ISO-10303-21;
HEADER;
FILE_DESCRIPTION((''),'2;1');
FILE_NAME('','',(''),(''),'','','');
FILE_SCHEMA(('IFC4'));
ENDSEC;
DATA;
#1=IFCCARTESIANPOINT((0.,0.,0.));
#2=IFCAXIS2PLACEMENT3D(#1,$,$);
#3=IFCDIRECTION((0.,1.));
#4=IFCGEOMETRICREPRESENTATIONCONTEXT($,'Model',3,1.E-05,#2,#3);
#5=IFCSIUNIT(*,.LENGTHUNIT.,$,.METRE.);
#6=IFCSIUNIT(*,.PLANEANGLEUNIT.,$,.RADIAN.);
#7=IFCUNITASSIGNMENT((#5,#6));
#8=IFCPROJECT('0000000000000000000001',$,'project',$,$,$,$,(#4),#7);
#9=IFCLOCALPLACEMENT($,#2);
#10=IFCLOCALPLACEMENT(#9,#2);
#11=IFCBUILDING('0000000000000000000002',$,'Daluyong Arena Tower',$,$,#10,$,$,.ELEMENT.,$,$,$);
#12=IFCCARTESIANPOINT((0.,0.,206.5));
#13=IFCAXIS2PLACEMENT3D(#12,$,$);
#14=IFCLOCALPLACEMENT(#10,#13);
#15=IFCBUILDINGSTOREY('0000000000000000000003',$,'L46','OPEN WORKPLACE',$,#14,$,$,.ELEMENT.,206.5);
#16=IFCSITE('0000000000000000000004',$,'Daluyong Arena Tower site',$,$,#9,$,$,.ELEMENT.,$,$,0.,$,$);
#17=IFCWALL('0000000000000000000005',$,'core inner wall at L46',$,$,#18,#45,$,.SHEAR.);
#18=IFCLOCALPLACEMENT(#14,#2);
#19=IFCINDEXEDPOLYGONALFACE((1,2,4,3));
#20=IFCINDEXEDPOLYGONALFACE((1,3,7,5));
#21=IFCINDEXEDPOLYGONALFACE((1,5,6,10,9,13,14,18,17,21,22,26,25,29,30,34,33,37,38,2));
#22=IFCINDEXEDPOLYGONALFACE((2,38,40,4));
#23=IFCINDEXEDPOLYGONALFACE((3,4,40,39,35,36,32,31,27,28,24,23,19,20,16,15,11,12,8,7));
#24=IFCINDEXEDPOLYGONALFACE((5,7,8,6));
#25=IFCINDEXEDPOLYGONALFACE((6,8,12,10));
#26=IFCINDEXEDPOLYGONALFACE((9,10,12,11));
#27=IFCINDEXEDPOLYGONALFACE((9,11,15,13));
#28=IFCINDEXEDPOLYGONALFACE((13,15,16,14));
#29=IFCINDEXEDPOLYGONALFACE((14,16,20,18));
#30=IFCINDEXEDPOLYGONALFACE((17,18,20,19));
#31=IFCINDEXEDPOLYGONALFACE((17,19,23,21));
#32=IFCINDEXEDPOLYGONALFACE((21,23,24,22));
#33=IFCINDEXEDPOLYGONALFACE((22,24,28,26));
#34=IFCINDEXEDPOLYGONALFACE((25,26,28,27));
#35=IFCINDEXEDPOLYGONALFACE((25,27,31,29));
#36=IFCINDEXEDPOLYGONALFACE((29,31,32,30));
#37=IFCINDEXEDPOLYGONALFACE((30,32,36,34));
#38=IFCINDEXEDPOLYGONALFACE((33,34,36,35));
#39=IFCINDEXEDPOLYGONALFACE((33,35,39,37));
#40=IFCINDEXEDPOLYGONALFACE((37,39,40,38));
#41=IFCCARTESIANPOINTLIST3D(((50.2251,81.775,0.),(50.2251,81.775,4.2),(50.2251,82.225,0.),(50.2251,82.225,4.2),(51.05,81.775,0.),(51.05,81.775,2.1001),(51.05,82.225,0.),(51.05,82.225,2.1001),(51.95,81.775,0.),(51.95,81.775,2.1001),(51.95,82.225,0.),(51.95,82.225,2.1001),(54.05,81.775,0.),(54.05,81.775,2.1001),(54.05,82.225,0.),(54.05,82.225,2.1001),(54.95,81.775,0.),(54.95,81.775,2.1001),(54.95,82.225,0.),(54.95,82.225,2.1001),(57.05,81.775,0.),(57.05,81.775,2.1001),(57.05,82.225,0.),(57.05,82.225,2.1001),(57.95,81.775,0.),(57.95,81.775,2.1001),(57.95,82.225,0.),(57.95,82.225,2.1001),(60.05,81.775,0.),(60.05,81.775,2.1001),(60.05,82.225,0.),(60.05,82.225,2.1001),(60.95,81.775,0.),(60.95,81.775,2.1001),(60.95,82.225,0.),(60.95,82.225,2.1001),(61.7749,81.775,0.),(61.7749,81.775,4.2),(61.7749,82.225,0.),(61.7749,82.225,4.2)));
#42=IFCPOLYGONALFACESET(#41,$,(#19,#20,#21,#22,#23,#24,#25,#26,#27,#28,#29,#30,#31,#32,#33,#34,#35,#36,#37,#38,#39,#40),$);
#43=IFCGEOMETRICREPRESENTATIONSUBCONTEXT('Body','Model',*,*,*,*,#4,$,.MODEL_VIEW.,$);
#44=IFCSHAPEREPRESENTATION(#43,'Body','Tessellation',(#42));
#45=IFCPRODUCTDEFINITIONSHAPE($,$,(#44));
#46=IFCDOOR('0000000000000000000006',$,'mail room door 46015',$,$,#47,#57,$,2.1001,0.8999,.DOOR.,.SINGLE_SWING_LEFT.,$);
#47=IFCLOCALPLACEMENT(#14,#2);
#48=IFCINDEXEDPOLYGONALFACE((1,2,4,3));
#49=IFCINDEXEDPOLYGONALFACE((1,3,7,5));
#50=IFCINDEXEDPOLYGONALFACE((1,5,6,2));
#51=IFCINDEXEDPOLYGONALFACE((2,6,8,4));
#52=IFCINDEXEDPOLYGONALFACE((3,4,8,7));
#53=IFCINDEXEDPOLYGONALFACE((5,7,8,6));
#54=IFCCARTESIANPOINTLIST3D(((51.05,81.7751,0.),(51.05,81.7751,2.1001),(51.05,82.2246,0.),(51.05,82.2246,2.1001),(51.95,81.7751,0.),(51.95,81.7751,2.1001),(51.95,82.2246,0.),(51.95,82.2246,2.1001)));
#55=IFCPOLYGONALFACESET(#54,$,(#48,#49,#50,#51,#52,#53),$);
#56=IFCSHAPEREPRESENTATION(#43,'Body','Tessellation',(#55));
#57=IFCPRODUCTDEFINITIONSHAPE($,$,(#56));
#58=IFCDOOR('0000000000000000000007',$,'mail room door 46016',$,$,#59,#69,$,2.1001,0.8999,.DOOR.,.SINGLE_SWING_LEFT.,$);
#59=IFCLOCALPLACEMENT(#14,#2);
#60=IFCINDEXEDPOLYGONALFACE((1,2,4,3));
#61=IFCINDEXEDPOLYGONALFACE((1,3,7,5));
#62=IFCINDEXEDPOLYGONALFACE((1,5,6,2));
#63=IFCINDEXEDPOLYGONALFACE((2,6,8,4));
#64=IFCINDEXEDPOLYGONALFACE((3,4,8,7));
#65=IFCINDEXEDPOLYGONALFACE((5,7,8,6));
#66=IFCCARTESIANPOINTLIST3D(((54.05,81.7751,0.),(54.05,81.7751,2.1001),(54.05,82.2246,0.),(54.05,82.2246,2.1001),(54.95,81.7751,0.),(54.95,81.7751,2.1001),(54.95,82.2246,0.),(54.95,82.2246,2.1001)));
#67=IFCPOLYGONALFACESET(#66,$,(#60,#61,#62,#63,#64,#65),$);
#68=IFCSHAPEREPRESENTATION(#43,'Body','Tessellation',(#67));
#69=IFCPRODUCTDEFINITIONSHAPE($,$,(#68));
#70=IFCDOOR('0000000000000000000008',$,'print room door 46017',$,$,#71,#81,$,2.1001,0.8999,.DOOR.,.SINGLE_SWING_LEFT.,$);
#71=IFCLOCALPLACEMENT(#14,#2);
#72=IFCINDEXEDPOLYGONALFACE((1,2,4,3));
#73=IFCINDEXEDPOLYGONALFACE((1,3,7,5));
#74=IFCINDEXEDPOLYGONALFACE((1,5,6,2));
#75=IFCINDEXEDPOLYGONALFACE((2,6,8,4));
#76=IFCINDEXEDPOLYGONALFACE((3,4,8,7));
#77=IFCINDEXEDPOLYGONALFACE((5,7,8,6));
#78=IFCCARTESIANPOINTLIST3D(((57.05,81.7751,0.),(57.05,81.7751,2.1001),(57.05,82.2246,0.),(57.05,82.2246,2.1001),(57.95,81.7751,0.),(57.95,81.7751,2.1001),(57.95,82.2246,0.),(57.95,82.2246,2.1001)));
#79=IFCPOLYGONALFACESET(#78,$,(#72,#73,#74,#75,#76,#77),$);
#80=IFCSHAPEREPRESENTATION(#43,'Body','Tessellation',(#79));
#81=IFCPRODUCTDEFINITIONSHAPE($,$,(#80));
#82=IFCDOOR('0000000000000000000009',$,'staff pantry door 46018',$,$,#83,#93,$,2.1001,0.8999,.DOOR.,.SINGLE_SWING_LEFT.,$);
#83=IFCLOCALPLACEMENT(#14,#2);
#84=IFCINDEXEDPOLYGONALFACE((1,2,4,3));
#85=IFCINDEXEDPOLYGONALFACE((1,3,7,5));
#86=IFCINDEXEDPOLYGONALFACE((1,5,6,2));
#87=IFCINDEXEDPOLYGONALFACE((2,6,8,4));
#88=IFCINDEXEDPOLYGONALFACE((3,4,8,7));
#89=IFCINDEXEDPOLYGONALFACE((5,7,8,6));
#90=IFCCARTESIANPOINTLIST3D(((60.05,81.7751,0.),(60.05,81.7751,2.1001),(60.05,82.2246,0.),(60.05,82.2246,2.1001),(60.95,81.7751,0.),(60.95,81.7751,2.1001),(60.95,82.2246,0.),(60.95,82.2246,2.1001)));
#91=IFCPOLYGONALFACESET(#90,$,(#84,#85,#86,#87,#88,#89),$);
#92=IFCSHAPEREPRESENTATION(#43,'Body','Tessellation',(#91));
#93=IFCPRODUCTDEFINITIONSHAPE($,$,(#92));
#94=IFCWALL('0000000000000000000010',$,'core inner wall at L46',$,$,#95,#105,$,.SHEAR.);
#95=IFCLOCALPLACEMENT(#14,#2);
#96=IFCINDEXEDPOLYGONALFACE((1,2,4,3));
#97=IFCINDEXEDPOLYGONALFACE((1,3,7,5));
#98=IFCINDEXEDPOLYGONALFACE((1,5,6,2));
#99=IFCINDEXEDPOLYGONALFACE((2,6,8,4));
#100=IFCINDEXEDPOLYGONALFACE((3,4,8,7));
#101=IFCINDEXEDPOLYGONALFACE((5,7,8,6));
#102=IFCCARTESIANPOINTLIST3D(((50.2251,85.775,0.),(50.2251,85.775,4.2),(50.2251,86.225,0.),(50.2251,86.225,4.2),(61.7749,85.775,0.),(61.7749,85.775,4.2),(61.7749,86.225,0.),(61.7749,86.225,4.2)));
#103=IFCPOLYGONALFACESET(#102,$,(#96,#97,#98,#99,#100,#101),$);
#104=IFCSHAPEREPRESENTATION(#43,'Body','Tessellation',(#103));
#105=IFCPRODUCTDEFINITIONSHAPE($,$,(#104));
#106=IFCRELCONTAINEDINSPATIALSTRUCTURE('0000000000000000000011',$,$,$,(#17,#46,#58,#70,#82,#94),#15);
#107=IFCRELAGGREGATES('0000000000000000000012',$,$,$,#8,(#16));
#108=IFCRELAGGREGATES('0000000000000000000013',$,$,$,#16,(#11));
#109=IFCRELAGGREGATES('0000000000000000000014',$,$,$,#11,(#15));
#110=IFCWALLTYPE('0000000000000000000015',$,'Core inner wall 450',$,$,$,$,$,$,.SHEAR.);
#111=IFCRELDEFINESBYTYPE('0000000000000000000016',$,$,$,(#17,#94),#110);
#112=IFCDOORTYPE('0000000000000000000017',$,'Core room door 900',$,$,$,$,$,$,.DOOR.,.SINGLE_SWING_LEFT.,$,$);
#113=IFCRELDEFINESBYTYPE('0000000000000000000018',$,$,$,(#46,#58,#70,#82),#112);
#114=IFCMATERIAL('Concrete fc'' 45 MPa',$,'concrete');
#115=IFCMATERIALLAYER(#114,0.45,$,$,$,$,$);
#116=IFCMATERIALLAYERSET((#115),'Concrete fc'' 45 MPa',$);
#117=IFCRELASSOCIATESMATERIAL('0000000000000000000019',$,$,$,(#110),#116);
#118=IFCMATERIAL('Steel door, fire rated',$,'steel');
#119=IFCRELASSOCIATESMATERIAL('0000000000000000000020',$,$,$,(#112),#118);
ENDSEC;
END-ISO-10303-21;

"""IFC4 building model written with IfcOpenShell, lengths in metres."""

from ifc_helpers import new_model, si_unit, direction, frame, frame_2d, origin, place, context, subcontext, project, spatial, rectangle, extrude, material, layer, layer_set, type_object, element, fill, save


model = new_model("IFC4")

# Units and contexts
model_context = context("Model", 3, precision=1e-05, world=origin(), true_north=direction((0.0, 1.0)))
body_context = subcontext(model_context, "Body", "Model", "MODEL_VIEW")
ifc_project = project(units=[si_unit("LENGTHUNIT", "METRE"), si_unit("PLANEANGLEUNIT", "RADIAN")], contexts=[model_context])

# Site, building, storey
site_placement = place(None, origin())
site = spatial("IfcSite", under=ifc_project, at=site_placement, Name="Daluyong Arena Tower site", CompositionType="ELEMENT", RefElevation=0.0)
building_placement = place(site_placement, origin())
building = spatial("IfcBuilding", under=site, at=building_placement, Name="Daluyong Arena Tower", CompositionType="ELEMENT")
storey_placement = place(building_placement, frame((0.0, 0.0, 206.5)))
storey = spatial("IfcBuildingStorey", under=building, at=storey_placement, Name="L46", Description="OPEN WORKPLACE", CompositionType="ELEMENT", Elevation=206.5)

# Shared definitions
ifc_material_1 = material(Name="Concrete fc' 45 MPa", Category="concrete")
ifc_layer_1 = layer(ifc_material_1, 0.45)
ifc_layer_set_1 = layer_set([ifc_layer_1], Name="Concrete fc' 45 MPa")
wall_type_1 = type_object("IfcWallType", Name="Core inner wall 450", PredefinedType="SHEAR", material=ifc_layer_set_1)

# Wall, openings, doors
wall_1_placement = place(storey_placement, frame((50.2251, 82.0, 0.0), z_axis=(0.0, 0.0, 1.0), x_axis=(1.0, 0.0, 0.0)))
wall_1 = element("IfcWall", 1, at=wall_1_placement, inside=storey, type_object=wall_type_1, Name="core inner wall at L46", PredefinedType="SHEAR", context=body_context, shape_type="SweptSolid", body=[
    extrude(rectangle(XDim=11.5498, YDim=0.45, at=frame_2d((5.7749, 0.0))), origin(), (0.0, 0.0, 1.0), 4.2),
])
opening_1_placement = place(wall_1_placement, frame((0.825, 0.0, 0.0)))
opening_1 = element("IfcOpeningElement", 2, at=opening_1_placement, cuts=wall_1, PredefinedType="OPENING", context=body_context, shape_type="SweptSolid", body=[
    extrude(rectangle(XDim=0.8999, YDim=2.1001, at=frame_2d((0.45, 1.05))), frame((0.0, 0.2349, 0.0), z_axis=(0.0, -1.0, 0.0), x_axis=(1.0, 0.0, 0.0)), (0.0, 0.0, 1.0), 0.47),
])
opening_2_placement = place(wall_1_placement, frame((3.825, 0.0, 0.0)))
opening_2 = element("IfcOpeningElement", 3, at=opening_2_placement, cuts=wall_1, PredefinedType="OPENING", context=body_context, shape_type="SweptSolid", body=[
    extrude(rectangle(XDim=0.8999, YDim=2.1001, at=frame_2d((0.45, 1.05))), frame((0.0, 0.2349, 0.0), z_axis=(0.0, -1.0, 0.0), x_axis=(1.0, 0.0, 0.0)), (0.0, 0.0, 1.0), 0.47),
])
opening_3_placement = place(wall_1_placement, frame((6.825, 0.0, 0.0)))
opening_3 = element("IfcOpeningElement", 4, at=opening_3_placement, cuts=wall_1, PredefinedType="OPENING", context=body_context, shape_type="SweptSolid", body=[
    extrude(rectangle(XDim=0.8999, YDim=2.1001, at=frame_2d((0.45, 1.05))), frame((0.0, 0.2349, 0.0), z_axis=(0.0, -1.0, 0.0), x_axis=(1.0, 0.0, 0.0)), (0.0, 0.0, 1.0), 0.47),
])
opening_4_placement = place(wall_1_placement, frame((9.825, 0.0, 0.0)))
opening_4 = element("IfcOpeningElement", 5, at=opening_4_placement, cuts=wall_1, PredefinedType="OPENING", context=body_context, shape_type="SweptSolid", body=[
    extrude(rectangle(XDim=0.8999, YDim=2.1001, at=frame_2d((0.45, 1.05))), frame((0.0, 0.2349, 0.0), z_axis=(0.0, -1.0, 0.0), x_axis=(1.0, 0.0, 0.0)), (0.0, 0.0, 1.0), 0.47),
])
ifc_material_2 = material(Name="Steel door, fire rated", Category="steel")
door_type_1 = type_object("IfcDoorType", Name="Core room door 900", OperationType="SINGLE_SWING_LEFT", PredefinedType="DOOR", material=ifc_material_2)
door_1_placement = place(opening_1_placement, origin())
door_1 = element("IfcDoor", 6, at=door_1_placement, inside=storey, type_object=door_type_1, Name="mail room door 46015", OperationType="SINGLE_SWING_LEFT", OverallHeight=2.1001, OverallWidth=0.8999, PredefinedType="DOOR", context=body_context, shape_type="SweptSolid", body=[
    extrude(rectangle(XDim=0.8999, YDim=2.1001, at=frame_2d((0.45, 1.05))), frame((0.0, 0.2246, 0.0), z_axis=(0.0, -1.0, 0.0), x_axis=(1.0, 0.0, 0.0)), (0.0, 0.0, 1.0), 0.4495),
])
fill(opening_1, door_1)
door_2_placement = place(opening_2_placement, origin())
door_2 = element("IfcDoor", 7, at=door_2_placement, inside=storey, type_object=door_type_1, Name="mail room door 46016", OperationType="SINGLE_SWING_LEFT", OverallHeight=2.1001, OverallWidth=0.8999, PredefinedType="DOOR", context=body_context, shape_type="SweptSolid", body=[
    extrude(rectangle(XDim=0.8999, YDim=2.1001, at=frame_2d((0.45, 1.05))), frame((0.0, 0.2246, 0.0), z_axis=(0.0, -1.0, 0.0), x_axis=(1.0, 0.0, 0.0)), (0.0, 0.0, 1.0), 0.4495),
])
fill(opening_2, door_2)
door_3_placement = place(opening_3_placement, origin())
door_3 = element("IfcDoor", 8, at=door_3_placement, inside=storey, type_object=door_type_1, Name="print room door 46017", OperationType="SINGLE_SWING_LEFT", OverallHeight=2.1001, OverallWidth=0.8999, PredefinedType="DOOR", context=body_context, shape_type="SweptSolid", body=[
    extrude(rectangle(XDim=0.8999, YDim=2.1001, at=frame_2d((0.45, 1.05))), frame((0.0, 0.2246, 0.0), z_axis=(0.0, -1.0, 0.0), x_axis=(1.0, 0.0, 0.0)), (0.0, 0.0, 1.0), 0.4495),
])
fill(opening_3, door_3)
door_4_placement = place(opening_4_placement, origin())
door_4 = element("IfcDoor", 9, at=door_4_placement, inside=storey, type_object=door_type_1, Name="staff pantry door 46018", OperationType="SINGLE_SWING_LEFT", OverallHeight=2.1001, OverallWidth=0.8999, PredefinedType="DOOR", context=body_context, shape_type="SweptSolid", body=[
    extrude(rectangle(XDim=0.8999, YDim=2.1001, at=frame_2d((0.45, 1.05))), frame((0.0, 0.2246, 0.0), z_axis=(0.0, -1.0, 0.0), x_axis=(1.0, 0.0, 0.0)), (0.0, 0.0, 1.0), 0.4495),
])
fill(opening_4, door_4)

# Wall
wall_2_placement = place(storey_placement, frame((50.2251, 86.0, 0.0), z_axis=(0.0, 0.0, 1.0), x_axis=(1.0, 0.0, 0.0)))
element("IfcWall", 10, at=wall_2_placement, inside=storey, type_object=wall_type_1, Name="core inner wall at L46", PredefinedType="SHEAR", context=body_context, shape_type="SweptSolid", body=[
    extrude(rectangle(XDim=11.5498, YDim=0.45, at=frame_2d((5.7749, 0.0))), origin(), (0.0, 0.0, 1.0), 4.2),
])

save(model, "model.ifc")
